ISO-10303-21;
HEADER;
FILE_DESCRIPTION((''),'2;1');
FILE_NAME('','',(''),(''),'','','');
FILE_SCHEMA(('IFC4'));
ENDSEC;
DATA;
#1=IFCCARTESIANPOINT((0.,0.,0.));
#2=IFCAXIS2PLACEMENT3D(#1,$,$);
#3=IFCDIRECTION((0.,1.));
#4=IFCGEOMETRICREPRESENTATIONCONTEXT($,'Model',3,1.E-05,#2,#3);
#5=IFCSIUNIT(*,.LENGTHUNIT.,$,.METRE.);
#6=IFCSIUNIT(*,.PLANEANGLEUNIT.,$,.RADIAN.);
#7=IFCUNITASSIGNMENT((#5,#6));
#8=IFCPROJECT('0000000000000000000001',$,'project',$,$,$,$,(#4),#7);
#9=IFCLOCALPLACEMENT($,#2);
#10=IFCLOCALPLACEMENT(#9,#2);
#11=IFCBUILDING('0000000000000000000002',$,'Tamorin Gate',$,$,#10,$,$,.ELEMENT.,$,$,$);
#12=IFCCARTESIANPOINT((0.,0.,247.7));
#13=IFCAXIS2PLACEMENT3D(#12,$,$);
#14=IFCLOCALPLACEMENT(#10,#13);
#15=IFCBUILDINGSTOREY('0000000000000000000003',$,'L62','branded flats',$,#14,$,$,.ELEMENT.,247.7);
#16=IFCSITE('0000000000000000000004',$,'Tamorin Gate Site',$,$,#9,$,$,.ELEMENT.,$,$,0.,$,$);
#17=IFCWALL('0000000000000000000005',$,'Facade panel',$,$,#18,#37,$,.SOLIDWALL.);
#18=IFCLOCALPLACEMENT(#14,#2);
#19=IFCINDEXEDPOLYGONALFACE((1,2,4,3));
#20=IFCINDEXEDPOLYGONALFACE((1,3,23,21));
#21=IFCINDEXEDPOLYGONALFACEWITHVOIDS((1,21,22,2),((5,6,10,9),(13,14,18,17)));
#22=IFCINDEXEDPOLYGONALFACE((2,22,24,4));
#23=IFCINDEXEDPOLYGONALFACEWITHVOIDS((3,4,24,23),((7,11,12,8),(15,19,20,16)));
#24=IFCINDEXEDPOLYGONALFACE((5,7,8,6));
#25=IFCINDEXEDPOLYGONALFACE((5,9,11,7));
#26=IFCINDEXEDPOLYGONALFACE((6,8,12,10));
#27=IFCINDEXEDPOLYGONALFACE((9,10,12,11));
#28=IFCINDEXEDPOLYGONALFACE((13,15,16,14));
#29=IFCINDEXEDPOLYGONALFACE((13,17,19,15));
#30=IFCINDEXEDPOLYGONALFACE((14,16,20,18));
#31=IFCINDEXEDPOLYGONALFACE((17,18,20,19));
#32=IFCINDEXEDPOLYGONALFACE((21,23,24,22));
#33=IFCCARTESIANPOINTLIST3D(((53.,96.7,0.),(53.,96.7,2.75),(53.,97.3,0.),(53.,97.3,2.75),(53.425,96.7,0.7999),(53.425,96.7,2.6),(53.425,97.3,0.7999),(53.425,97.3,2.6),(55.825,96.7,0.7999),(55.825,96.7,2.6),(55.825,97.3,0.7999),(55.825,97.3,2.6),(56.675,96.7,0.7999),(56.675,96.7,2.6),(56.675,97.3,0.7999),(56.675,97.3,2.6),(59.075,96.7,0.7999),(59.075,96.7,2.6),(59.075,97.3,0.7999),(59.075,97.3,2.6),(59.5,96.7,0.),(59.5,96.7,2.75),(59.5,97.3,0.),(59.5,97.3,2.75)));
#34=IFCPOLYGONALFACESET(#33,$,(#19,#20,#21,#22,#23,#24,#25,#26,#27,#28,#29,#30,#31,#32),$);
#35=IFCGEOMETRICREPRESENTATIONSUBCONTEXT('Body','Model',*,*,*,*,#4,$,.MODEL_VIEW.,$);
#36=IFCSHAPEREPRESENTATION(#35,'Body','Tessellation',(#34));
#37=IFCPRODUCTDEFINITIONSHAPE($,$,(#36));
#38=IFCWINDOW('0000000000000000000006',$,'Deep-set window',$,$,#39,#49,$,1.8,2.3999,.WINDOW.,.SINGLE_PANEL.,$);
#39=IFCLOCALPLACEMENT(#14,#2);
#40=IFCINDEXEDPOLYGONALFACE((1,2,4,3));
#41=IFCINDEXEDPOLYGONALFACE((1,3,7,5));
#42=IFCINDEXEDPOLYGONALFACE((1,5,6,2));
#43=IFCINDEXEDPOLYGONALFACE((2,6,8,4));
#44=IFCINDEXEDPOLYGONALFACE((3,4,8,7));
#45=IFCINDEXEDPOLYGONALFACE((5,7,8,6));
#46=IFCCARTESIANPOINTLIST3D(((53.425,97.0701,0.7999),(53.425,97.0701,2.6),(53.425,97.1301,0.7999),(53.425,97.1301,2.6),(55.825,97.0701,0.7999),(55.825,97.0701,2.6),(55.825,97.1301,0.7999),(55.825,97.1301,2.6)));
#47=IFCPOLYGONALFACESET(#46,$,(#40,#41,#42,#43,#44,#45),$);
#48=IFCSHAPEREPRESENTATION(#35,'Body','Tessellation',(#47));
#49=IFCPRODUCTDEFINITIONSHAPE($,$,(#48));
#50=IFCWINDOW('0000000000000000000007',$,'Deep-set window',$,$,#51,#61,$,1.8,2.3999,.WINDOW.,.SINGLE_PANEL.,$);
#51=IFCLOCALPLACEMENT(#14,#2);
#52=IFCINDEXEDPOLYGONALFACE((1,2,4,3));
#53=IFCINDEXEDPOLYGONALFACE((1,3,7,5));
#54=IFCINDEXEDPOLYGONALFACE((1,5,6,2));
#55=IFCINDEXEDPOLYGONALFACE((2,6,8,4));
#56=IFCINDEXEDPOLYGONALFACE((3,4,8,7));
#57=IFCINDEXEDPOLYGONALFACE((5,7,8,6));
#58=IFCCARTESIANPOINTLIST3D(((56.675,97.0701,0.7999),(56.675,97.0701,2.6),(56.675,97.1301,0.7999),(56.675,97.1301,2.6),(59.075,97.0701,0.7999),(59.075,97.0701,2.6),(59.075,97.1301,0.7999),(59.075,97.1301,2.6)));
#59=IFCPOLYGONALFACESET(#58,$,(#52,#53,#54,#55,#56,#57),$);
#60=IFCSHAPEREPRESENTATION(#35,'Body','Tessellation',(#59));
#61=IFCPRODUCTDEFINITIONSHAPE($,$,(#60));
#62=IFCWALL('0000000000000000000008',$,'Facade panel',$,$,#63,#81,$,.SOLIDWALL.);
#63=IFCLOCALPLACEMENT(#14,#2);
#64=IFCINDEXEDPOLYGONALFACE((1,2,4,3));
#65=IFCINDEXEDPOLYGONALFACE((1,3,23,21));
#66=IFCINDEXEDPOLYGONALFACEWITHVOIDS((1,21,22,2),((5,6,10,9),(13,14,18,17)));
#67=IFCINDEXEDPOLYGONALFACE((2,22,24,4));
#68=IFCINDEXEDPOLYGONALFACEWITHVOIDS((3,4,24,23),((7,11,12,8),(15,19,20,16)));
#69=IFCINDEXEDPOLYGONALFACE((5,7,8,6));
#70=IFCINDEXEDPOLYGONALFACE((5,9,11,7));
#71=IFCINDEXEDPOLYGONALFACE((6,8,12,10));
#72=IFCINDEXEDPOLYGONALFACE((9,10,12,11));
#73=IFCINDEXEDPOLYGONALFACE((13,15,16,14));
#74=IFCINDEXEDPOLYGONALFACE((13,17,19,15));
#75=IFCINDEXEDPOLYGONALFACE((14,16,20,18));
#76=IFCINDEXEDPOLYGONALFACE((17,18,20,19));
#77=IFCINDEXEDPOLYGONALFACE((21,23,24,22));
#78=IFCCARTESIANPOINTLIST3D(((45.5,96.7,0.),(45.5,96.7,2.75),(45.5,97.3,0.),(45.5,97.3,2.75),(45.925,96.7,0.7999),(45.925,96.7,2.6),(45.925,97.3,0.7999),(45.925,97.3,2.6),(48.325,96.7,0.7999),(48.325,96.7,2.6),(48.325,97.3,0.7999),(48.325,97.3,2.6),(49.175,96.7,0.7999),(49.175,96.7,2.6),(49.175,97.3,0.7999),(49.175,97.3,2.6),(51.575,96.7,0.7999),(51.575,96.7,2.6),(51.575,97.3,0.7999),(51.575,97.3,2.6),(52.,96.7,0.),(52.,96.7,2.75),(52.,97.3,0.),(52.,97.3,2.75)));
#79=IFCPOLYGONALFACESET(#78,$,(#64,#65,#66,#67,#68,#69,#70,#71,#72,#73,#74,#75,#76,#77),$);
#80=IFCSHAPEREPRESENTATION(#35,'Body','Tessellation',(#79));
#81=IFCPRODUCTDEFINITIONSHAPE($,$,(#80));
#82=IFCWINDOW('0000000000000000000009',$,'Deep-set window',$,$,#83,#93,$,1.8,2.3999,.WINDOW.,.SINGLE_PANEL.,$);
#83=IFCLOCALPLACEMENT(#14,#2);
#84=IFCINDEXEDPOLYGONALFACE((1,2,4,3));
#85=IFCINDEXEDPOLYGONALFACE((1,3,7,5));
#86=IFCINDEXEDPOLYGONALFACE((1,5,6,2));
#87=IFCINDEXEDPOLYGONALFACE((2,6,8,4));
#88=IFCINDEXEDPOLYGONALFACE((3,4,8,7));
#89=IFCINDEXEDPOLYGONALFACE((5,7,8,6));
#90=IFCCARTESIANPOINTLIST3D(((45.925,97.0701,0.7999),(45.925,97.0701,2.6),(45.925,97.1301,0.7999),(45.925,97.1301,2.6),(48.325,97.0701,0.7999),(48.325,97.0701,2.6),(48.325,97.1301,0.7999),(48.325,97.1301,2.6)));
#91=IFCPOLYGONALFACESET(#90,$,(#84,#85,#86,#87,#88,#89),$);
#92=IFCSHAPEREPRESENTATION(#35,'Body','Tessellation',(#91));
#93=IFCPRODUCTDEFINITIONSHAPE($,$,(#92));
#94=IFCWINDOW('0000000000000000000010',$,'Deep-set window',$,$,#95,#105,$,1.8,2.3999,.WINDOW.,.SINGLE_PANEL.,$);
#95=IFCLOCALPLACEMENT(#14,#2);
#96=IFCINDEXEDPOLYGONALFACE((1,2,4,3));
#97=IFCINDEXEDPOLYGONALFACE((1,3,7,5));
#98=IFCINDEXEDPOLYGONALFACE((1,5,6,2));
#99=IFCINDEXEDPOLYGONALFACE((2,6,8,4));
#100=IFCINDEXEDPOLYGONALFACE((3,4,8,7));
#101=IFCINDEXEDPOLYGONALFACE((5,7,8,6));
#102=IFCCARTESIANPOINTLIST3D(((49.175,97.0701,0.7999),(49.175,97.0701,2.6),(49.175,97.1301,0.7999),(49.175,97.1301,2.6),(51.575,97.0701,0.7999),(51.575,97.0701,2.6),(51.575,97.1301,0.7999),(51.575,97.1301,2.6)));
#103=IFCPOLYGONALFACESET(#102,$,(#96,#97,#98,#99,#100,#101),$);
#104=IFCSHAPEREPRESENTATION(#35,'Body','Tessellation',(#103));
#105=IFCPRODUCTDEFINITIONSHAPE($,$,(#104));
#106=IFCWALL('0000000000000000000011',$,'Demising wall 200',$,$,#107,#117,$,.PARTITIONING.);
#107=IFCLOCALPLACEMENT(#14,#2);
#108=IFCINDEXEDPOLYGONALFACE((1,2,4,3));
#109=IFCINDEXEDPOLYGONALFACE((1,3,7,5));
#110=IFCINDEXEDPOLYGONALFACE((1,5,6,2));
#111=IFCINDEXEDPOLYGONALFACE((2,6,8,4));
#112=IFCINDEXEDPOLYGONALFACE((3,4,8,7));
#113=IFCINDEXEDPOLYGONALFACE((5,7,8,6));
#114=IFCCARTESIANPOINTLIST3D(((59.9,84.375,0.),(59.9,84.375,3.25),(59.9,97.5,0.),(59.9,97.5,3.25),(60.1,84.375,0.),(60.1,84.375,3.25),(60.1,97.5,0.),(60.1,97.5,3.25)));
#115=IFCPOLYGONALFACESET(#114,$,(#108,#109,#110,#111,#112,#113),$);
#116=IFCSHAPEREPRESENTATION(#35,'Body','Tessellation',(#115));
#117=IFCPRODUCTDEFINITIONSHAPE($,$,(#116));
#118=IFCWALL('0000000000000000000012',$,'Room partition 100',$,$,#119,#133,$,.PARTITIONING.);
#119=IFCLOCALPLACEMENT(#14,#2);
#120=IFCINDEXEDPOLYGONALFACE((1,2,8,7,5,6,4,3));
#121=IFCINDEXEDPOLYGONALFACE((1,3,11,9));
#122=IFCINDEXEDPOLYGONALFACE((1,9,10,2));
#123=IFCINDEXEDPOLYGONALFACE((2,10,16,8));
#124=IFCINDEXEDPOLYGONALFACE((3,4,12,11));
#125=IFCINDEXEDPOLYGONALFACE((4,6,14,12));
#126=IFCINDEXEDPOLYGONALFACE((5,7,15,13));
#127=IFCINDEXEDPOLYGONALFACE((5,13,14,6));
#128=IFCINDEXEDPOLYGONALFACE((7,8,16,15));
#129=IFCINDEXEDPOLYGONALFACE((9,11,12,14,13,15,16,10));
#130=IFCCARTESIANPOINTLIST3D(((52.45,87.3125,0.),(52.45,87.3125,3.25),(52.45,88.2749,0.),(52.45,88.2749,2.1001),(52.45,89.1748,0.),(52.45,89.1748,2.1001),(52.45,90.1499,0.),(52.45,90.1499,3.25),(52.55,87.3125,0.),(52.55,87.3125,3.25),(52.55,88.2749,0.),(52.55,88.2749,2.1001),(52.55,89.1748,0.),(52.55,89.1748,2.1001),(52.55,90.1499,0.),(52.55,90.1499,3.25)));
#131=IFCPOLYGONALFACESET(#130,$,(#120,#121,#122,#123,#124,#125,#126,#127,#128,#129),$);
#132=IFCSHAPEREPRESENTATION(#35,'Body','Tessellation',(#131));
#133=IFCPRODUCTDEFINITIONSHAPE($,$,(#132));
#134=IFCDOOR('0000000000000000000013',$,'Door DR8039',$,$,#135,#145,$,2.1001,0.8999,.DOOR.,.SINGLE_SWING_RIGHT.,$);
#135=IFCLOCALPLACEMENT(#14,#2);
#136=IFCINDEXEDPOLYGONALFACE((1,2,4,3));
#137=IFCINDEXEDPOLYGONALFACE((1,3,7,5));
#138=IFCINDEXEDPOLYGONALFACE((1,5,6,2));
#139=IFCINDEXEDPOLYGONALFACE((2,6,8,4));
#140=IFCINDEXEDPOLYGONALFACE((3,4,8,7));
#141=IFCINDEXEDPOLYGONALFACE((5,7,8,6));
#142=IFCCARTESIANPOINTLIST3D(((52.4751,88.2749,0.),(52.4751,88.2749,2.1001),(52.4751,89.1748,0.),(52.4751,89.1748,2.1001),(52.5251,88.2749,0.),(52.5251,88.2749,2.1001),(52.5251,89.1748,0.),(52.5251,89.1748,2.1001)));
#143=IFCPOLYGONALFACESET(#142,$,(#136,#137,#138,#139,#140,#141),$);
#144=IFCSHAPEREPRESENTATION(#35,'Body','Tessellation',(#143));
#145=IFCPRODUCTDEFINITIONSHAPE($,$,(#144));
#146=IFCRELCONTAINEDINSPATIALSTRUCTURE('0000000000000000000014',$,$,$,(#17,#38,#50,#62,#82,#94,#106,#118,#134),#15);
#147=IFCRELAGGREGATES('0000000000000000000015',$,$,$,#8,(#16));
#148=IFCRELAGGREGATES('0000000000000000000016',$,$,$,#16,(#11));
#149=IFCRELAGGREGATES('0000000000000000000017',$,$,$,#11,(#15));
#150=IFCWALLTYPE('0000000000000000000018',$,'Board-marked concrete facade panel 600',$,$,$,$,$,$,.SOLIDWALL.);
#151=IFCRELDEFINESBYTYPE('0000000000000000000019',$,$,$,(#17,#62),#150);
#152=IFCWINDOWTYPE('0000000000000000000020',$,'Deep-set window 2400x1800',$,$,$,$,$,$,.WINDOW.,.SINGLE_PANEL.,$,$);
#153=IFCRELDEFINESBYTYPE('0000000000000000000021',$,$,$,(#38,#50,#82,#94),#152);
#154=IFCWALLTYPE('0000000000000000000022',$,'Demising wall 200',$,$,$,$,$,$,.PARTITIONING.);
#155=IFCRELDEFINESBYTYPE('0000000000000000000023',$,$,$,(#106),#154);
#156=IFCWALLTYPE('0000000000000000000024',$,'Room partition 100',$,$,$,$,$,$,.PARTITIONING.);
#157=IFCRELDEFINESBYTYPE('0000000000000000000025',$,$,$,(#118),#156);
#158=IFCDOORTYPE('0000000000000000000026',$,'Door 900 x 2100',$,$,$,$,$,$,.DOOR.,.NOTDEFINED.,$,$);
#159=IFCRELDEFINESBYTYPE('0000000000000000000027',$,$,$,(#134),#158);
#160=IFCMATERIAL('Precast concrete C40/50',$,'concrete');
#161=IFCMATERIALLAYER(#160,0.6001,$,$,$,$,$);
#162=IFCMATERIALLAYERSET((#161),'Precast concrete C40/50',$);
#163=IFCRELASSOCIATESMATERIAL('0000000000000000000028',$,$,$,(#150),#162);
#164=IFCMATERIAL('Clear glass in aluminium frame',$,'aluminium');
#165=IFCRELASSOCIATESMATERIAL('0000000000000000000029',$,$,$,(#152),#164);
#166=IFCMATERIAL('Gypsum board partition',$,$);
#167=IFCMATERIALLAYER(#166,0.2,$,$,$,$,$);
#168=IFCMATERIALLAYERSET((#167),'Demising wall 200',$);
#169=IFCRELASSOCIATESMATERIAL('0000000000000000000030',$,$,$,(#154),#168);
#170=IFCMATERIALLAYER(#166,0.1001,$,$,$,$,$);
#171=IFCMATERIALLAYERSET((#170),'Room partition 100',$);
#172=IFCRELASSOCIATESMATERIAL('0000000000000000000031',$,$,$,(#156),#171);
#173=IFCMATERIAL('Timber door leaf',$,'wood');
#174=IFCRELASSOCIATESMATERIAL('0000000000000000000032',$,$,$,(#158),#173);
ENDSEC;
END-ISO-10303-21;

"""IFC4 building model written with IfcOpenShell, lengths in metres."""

from ifc_helpers import new_model, si_unit, direction, frame, frame_2d, origin, place, context, subcontext, project, spatial, rectangle, extrude, material, layer, layer_set, type_object, element, fill, save


model = new_model("IFC4")

# Units and contexts
model_context = context("Model", 3, precision=1e-05, world=origin(), true_north=direction((0.0, 1.0)))
body_context = subcontext(model_context, "Body", "Model", "MODEL_VIEW")
ifc_project = project(units=[si_unit("LENGTHUNIT", "METRE"), si_unit("PLANEANGLEUNIT", "RADIAN")], contexts=[model_context])

# Site, building, storey
site_placement = place(None, origin())
site = spatial("IfcSite", under=ifc_project, at=site_placement, Name="Tamorin Gate Site", CompositionType="ELEMENT", RefElevation=0.0)
building_placement = place(site_placement, origin())
building = spatial("IfcBuilding", under=site, at=building_placement, Name="Tamorin Gate", CompositionType="ELEMENT")
storey_placement = place(building_placement, frame((0.0, 0.0, 247.7)))
storey = spatial("IfcBuildingStorey", under=building, at=storey_placement, Name="L62", Description="branded flats", CompositionType="ELEMENT", Elevation=247.7)

# Walls, openings, windows
ifc_material_1 = material(Name="Precast concrete C40/50", Category="concrete")
ifc_layer_1 = layer(ifc_material_1, 0.6001)
ifc_layer_set_1 = layer_set([ifc_layer_1], Name="Precast concrete C40/50")
wall_type_1 = type_object("IfcWallType", Name="Board-marked concrete facade panel 600", PredefinedType="SOLIDWALL", material=ifc_layer_set_1)
ifc_material_2 = material(Name="Clear glass in aluminium frame", Category="aluminium")
window_type = type_object("IfcWindowType", Name="Deep-set window 2400x1800", PartitioningType="SINGLE_PANEL", PredefinedType="WINDOW", material=ifc_material_2)
wall_1_placement = place(storey_placement, frame((59.5, 97.0, 0.0), z_axis=(0.0, 0.0, 1.0), x_axis=(-1.0, 0.0, 0.0)))
wall_1 = element("IfcWall", 1, at=wall_1_placement, inside=storey, type_object=wall_type_1, Name="Facade panel", PredefinedType="SOLIDWALL", context=body_context, shape_type="SweptSolid", body=[
    extrude(rectangle(XDim=6.5, YDim=0.6001, at=frame_2d((3.25, 0.0))), origin(), (0.0, 0.0, 1.0), 2.75),
])
opening_1_placement = place(wall_1_placement, frame((3.675, 0.0, 0.8)))
opening_1 = element("IfcOpeningElement", 2, at=opening_1_placement, cuts=wall_1, PredefinedType="OPENING", context=body_context, shape_type="SweptSolid", body=[
    extrude(rectangle(XDim=2.3999, YDim=1.8, at=frame_2d((1.2, 0.8999))), frame((0.0, 0.3101, 0.0), z_axis=(0.0, -1.0, 0.0), x_axis=(1.0, 0.0, 0.0)), (0.0, 0.0, 1.0), 0.6201),
])
opening_2_placement = place(wall_1_placement, frame((0.425, 0.0, 0.8)))
opening_2 = element("IfcOpeningElement", 3, at=opening_2_placement, cuts=wall_1, PredefinedType="OPENING", context=body_context, shape_type="SweptSolid", body=[
    extrude(rectangle(XDim=2.3999, YDim=1.8, at=frame_2d((1.2, 0.8999))), frame((0.0, 0.3101, 0.0), z_axis=(0.0, -1.0, 0.0), x_axis=(1.0, 0.0, 0.0)), (0.0, 0.0, 1.0), 0.6201),
])
window_1_placement = place(opening_1_placement, origin())
window_1 = element("IfcWindow", 4, at=window_1_placement, inside=storey, type_object=window_type, Name="Deep-set window", OverallHeight=1.8, OverallWidth=2.3999, PartitioningType="SINGLE_PANEL", PredefinedType="WINDOW", context=body_context, shape_type="SweptSolid", body=[
    extrude(rectangle(XDim=2.3999, YDim=1.8, at=frame_2d((1.2, 0.8999))), frame((0.0, -0.0701, 0.0), z_axis=(0.0, -1.0, 0.0), x_axis=(1.0, 0.0, 0.0)), (0.0, 0.0, 1.0), 0.0601),
])
fill(opening_1, window_1)
window_2_placement = place(opening_2_placement, origin())
window_2 = element("IfcWindow", 5, at=window_2_placement, inside=storey, type_object=window_type, Name="Deep-set window", OverallHeight=1.8, OverallWidth=2.3999, PartitioningType="SINGLE_PANEL", PredefinedType="WINDOW", context=body_context, shape_type="SweptSolid", body=[
    extrude(rectangle(XDim=2.3999, YDim=1.8, at=frame_2d((1.2, 0.8999))), frame((0.0, -0.0701, 0.0), z_axis=(0.0, -1.0, 0.0), x_axis=(1.0, 0.0, 0.0)), (0.0, 0.0, 1.0), 0.0601),
])
fill(opening_2, window_2)
wall_2_placement = place(storey_placement, frame((52.0, 97.0, 0.0), z_axis=(0.0, 0.0, 1.0), x_axis=(-1.0, 0.0, 0.0)))
wall_2 = element("IfcWall", 6, at=wall_2_placement, inside=storey, type_object=wall_type_1, Name="Facade panel", PredefinedType="SOLIDWALL", context=body_context, shape_type="SweptSolid", body=[
    extrude(rectangle(XDim=6.5, YDim=0.6001, at=frame_2d((3.25, 0.0))), origin(), (0.0, 0.0, 1.0), 2.75),
])
opening_3_placement = place(wall_2_placement, frame((3.675, 0.0, 0.8)))
opening_3 = element("IfcOpeningElement", 7, at=opening_3_placement, cuts=wall_2, PredefinedType="OPENING", context=body_context, shape_type="SweptSolid", body=[
    extrude(rectangle(XDim=2.3999, YDim=1.8, at=frame_2d((1.2, 0.8999))), frame((0.0, 0.3101, 0.0), z_axis=(0.0, -1.0, 0.0), x_axis=(1.0, 0.0, 0.0)), (0.0, 0.0, 1.0), 0.6201),
])
opening_4_placement = place(wall_2_placement, frame((0.425, 0.0, 0.8)))
opening_4 = element("IfcOpeningElement", 8, at=opening_4_placement, cuts=wall_2, PredefinedType="OPENING", context=body_context, shape_type="SweptSolid", body=[
    extrude(rectangle(XDim=2.3999, YDim=1.8, at=frame_2d((1.2, 0.8999))), frame((0.0, 0.3101, 0.0), z_axis=(0.0, -1.0, 0.0), x_axis=(1.0, 0.0, 0.0)), (0.0, 0.0, 1.0), 0.6201),
])
window_3_placement = place(opening_3_placement, origin())
window_3 = element("IfcWindow", 9, at=window_3_placement, inside=storey, type_object=window_type, Name="Deep-set window", OverallHeight=1.8, OverallWidth=2.3999, PartitioningType="SINGLE_PANEL", PredefinedType="WINDOW", context=body_context, shape_type="SweptSolid", body=[
    extrude(rectangle(XDim=2.3999, YDim=1.8, at=frame_2d((1.2, 0.8999))), frame((0.0, -0.0701, 0.0), z_axis=(0.0, -1.0, 0.0), x_axis=(1.0, 0.0, 0.0)), (0.0, 0.0, 1.0), 0.0601),
])
fill(opening_3, window_3)
window_4_placement = place(opening_4_placement, origin())
window_4 = element("IfcWindow", 10, at=window_4_placement, inside=storey, type_object=window_type, Name="Deep-set window", OverallHeight=1.8, OverallWidth=2.3999, PartitioningType="SINGLE_PANEL", PredefinedType="WINDOW", context=body_context, shape_type="SweptSolid", body=[
    extrude(rectangle(XDim=2.3999, YDim=1.8, at=frame_2d((1.2, 0.8999))), frame((0.0, -0.0701, 0.0), z_axis=(0.0, -1.0, 0.0), x_axis=(1.0, 0.0, 0.0)), (0.0, 0.0, 1.0), 0.0601),
])
fill(opening_4, window_4)

# Wall
ifc_material_3 = material(Name="Gypsum board partition")
ifc_layer_2 = layer(ifc_material_3, 0.2)
ifc_layer_set_2 = layer_set([ifc_layer_2], Name="Demising wall 200")
wall_type_2 = type_object("IfcWallType", Name="Demising wall 200", PredefinedType="PARTITIONING", material=ifc_layer_set_2)
wall_3_placement = place(storey_placement, frame((60.0, 84.375, 0.0), z_axis=(0.0, 0.0, 1.0), x_axis=(0.0, 1.0, 0.0)))
element("IfcWall", 11, at=wall_3_placement, inside=storey, type_object=wall_type_2, Name="Demising wall 200", PredefinedType="PARTITIONING", context=body_context, shape_type="SweptSolid", body=[
    extrude(rectangle(XDim=13.125, YDim=0.2, at=frame_2d((6.5625, 0.0))), origin(), (0.0, 0.0, 1.0), 3.25),
])

# Wall, opening, door
ifc_layer_3 = layer(ifc_material_3, 0.1001)
ifc_layer_set_3 = layer_set([ifc_layer_3], Name="Room partition 100")
wall_type_3 = type_object("IfcWallType", Name="Room partition 100", PredefinedType="PARTITIONING", material=ifc_layer_set_3)
wall_4_placement = place(storey_placement, frame((52.5, 87.3125, 0.0), z_axis=(0.0, 0.0, 1.0), x_axis=(0.0, 1.0, 0.0)))
wall_4 = element("IfcWall", 12, at=wall_4_placement, inside=storey, type_object=wall_type_3, Name="Room partition 100", PredefinedType="PARTITIONING", context=body_context, shape_type="SweptSolid", body=[
    extrude(rectangle(XDim=2.8374, YDim=0.1001, at=frame_2d((1.4187, 0.0))), origin(), (0.0, 0.0, 1.0), 3.25),
])
opening_5_placement = place(wall_4_placement, frame((0.9624, 0.0, 0.0)))
opening_5 = element("IfcOpeningElement", 13, at=opening_5_placement, cuts=wall_4, PredefinedType="OPENING", context=body_context, shape_type="SweptSolid", body=[
    extrude(rectangle(XDim=0.8999, YDim=2.1001, at=frame_2d((0.45, 1.05))), frame((0.0, 0.0601, 0.0), z_axis=(0.0, -1.0, 0.0), x_axis=(1.0, 0.0, 0.0)), (0.0, 0.0, 1.0), 0.1201),
])
ifc_material_4 = material(Name="Timber door leaf", Category="wood")
door_type = type_object("IfcDoorType", Name="Door 900 x 2100", OperationType="NOTDEFINED", PredefinedType="DOOR", material=ifc_material_4)
door_1_placement = place(opening_5_placement, origin())
door_1 = element("IfcDoor", 14, at=door_1_placement, inside=storey, type_object=door_type, Name="Door DR8039", OperationType="SINGLE_SWING_RIGHT", OverallHeight=2.1001, OverallWidth=0.8999, PredefinedType="DOOR", context=body_context, shape_type="SweptSolid", body=[
    extrude(rectangle(XDim=0.8999, YDim=2.1001, at=frame_2d((0.45, 1.05))), frame((0.0, 0.0249, 0.0), z_axis=(0.0, -1.0, 0.0), x_axis=(1.0, 0.0, 0.0)), (0.0, 0.0, 1.0), 0.05),
])
fill(opening_5, door_1)

save(model, "model.ifc")
